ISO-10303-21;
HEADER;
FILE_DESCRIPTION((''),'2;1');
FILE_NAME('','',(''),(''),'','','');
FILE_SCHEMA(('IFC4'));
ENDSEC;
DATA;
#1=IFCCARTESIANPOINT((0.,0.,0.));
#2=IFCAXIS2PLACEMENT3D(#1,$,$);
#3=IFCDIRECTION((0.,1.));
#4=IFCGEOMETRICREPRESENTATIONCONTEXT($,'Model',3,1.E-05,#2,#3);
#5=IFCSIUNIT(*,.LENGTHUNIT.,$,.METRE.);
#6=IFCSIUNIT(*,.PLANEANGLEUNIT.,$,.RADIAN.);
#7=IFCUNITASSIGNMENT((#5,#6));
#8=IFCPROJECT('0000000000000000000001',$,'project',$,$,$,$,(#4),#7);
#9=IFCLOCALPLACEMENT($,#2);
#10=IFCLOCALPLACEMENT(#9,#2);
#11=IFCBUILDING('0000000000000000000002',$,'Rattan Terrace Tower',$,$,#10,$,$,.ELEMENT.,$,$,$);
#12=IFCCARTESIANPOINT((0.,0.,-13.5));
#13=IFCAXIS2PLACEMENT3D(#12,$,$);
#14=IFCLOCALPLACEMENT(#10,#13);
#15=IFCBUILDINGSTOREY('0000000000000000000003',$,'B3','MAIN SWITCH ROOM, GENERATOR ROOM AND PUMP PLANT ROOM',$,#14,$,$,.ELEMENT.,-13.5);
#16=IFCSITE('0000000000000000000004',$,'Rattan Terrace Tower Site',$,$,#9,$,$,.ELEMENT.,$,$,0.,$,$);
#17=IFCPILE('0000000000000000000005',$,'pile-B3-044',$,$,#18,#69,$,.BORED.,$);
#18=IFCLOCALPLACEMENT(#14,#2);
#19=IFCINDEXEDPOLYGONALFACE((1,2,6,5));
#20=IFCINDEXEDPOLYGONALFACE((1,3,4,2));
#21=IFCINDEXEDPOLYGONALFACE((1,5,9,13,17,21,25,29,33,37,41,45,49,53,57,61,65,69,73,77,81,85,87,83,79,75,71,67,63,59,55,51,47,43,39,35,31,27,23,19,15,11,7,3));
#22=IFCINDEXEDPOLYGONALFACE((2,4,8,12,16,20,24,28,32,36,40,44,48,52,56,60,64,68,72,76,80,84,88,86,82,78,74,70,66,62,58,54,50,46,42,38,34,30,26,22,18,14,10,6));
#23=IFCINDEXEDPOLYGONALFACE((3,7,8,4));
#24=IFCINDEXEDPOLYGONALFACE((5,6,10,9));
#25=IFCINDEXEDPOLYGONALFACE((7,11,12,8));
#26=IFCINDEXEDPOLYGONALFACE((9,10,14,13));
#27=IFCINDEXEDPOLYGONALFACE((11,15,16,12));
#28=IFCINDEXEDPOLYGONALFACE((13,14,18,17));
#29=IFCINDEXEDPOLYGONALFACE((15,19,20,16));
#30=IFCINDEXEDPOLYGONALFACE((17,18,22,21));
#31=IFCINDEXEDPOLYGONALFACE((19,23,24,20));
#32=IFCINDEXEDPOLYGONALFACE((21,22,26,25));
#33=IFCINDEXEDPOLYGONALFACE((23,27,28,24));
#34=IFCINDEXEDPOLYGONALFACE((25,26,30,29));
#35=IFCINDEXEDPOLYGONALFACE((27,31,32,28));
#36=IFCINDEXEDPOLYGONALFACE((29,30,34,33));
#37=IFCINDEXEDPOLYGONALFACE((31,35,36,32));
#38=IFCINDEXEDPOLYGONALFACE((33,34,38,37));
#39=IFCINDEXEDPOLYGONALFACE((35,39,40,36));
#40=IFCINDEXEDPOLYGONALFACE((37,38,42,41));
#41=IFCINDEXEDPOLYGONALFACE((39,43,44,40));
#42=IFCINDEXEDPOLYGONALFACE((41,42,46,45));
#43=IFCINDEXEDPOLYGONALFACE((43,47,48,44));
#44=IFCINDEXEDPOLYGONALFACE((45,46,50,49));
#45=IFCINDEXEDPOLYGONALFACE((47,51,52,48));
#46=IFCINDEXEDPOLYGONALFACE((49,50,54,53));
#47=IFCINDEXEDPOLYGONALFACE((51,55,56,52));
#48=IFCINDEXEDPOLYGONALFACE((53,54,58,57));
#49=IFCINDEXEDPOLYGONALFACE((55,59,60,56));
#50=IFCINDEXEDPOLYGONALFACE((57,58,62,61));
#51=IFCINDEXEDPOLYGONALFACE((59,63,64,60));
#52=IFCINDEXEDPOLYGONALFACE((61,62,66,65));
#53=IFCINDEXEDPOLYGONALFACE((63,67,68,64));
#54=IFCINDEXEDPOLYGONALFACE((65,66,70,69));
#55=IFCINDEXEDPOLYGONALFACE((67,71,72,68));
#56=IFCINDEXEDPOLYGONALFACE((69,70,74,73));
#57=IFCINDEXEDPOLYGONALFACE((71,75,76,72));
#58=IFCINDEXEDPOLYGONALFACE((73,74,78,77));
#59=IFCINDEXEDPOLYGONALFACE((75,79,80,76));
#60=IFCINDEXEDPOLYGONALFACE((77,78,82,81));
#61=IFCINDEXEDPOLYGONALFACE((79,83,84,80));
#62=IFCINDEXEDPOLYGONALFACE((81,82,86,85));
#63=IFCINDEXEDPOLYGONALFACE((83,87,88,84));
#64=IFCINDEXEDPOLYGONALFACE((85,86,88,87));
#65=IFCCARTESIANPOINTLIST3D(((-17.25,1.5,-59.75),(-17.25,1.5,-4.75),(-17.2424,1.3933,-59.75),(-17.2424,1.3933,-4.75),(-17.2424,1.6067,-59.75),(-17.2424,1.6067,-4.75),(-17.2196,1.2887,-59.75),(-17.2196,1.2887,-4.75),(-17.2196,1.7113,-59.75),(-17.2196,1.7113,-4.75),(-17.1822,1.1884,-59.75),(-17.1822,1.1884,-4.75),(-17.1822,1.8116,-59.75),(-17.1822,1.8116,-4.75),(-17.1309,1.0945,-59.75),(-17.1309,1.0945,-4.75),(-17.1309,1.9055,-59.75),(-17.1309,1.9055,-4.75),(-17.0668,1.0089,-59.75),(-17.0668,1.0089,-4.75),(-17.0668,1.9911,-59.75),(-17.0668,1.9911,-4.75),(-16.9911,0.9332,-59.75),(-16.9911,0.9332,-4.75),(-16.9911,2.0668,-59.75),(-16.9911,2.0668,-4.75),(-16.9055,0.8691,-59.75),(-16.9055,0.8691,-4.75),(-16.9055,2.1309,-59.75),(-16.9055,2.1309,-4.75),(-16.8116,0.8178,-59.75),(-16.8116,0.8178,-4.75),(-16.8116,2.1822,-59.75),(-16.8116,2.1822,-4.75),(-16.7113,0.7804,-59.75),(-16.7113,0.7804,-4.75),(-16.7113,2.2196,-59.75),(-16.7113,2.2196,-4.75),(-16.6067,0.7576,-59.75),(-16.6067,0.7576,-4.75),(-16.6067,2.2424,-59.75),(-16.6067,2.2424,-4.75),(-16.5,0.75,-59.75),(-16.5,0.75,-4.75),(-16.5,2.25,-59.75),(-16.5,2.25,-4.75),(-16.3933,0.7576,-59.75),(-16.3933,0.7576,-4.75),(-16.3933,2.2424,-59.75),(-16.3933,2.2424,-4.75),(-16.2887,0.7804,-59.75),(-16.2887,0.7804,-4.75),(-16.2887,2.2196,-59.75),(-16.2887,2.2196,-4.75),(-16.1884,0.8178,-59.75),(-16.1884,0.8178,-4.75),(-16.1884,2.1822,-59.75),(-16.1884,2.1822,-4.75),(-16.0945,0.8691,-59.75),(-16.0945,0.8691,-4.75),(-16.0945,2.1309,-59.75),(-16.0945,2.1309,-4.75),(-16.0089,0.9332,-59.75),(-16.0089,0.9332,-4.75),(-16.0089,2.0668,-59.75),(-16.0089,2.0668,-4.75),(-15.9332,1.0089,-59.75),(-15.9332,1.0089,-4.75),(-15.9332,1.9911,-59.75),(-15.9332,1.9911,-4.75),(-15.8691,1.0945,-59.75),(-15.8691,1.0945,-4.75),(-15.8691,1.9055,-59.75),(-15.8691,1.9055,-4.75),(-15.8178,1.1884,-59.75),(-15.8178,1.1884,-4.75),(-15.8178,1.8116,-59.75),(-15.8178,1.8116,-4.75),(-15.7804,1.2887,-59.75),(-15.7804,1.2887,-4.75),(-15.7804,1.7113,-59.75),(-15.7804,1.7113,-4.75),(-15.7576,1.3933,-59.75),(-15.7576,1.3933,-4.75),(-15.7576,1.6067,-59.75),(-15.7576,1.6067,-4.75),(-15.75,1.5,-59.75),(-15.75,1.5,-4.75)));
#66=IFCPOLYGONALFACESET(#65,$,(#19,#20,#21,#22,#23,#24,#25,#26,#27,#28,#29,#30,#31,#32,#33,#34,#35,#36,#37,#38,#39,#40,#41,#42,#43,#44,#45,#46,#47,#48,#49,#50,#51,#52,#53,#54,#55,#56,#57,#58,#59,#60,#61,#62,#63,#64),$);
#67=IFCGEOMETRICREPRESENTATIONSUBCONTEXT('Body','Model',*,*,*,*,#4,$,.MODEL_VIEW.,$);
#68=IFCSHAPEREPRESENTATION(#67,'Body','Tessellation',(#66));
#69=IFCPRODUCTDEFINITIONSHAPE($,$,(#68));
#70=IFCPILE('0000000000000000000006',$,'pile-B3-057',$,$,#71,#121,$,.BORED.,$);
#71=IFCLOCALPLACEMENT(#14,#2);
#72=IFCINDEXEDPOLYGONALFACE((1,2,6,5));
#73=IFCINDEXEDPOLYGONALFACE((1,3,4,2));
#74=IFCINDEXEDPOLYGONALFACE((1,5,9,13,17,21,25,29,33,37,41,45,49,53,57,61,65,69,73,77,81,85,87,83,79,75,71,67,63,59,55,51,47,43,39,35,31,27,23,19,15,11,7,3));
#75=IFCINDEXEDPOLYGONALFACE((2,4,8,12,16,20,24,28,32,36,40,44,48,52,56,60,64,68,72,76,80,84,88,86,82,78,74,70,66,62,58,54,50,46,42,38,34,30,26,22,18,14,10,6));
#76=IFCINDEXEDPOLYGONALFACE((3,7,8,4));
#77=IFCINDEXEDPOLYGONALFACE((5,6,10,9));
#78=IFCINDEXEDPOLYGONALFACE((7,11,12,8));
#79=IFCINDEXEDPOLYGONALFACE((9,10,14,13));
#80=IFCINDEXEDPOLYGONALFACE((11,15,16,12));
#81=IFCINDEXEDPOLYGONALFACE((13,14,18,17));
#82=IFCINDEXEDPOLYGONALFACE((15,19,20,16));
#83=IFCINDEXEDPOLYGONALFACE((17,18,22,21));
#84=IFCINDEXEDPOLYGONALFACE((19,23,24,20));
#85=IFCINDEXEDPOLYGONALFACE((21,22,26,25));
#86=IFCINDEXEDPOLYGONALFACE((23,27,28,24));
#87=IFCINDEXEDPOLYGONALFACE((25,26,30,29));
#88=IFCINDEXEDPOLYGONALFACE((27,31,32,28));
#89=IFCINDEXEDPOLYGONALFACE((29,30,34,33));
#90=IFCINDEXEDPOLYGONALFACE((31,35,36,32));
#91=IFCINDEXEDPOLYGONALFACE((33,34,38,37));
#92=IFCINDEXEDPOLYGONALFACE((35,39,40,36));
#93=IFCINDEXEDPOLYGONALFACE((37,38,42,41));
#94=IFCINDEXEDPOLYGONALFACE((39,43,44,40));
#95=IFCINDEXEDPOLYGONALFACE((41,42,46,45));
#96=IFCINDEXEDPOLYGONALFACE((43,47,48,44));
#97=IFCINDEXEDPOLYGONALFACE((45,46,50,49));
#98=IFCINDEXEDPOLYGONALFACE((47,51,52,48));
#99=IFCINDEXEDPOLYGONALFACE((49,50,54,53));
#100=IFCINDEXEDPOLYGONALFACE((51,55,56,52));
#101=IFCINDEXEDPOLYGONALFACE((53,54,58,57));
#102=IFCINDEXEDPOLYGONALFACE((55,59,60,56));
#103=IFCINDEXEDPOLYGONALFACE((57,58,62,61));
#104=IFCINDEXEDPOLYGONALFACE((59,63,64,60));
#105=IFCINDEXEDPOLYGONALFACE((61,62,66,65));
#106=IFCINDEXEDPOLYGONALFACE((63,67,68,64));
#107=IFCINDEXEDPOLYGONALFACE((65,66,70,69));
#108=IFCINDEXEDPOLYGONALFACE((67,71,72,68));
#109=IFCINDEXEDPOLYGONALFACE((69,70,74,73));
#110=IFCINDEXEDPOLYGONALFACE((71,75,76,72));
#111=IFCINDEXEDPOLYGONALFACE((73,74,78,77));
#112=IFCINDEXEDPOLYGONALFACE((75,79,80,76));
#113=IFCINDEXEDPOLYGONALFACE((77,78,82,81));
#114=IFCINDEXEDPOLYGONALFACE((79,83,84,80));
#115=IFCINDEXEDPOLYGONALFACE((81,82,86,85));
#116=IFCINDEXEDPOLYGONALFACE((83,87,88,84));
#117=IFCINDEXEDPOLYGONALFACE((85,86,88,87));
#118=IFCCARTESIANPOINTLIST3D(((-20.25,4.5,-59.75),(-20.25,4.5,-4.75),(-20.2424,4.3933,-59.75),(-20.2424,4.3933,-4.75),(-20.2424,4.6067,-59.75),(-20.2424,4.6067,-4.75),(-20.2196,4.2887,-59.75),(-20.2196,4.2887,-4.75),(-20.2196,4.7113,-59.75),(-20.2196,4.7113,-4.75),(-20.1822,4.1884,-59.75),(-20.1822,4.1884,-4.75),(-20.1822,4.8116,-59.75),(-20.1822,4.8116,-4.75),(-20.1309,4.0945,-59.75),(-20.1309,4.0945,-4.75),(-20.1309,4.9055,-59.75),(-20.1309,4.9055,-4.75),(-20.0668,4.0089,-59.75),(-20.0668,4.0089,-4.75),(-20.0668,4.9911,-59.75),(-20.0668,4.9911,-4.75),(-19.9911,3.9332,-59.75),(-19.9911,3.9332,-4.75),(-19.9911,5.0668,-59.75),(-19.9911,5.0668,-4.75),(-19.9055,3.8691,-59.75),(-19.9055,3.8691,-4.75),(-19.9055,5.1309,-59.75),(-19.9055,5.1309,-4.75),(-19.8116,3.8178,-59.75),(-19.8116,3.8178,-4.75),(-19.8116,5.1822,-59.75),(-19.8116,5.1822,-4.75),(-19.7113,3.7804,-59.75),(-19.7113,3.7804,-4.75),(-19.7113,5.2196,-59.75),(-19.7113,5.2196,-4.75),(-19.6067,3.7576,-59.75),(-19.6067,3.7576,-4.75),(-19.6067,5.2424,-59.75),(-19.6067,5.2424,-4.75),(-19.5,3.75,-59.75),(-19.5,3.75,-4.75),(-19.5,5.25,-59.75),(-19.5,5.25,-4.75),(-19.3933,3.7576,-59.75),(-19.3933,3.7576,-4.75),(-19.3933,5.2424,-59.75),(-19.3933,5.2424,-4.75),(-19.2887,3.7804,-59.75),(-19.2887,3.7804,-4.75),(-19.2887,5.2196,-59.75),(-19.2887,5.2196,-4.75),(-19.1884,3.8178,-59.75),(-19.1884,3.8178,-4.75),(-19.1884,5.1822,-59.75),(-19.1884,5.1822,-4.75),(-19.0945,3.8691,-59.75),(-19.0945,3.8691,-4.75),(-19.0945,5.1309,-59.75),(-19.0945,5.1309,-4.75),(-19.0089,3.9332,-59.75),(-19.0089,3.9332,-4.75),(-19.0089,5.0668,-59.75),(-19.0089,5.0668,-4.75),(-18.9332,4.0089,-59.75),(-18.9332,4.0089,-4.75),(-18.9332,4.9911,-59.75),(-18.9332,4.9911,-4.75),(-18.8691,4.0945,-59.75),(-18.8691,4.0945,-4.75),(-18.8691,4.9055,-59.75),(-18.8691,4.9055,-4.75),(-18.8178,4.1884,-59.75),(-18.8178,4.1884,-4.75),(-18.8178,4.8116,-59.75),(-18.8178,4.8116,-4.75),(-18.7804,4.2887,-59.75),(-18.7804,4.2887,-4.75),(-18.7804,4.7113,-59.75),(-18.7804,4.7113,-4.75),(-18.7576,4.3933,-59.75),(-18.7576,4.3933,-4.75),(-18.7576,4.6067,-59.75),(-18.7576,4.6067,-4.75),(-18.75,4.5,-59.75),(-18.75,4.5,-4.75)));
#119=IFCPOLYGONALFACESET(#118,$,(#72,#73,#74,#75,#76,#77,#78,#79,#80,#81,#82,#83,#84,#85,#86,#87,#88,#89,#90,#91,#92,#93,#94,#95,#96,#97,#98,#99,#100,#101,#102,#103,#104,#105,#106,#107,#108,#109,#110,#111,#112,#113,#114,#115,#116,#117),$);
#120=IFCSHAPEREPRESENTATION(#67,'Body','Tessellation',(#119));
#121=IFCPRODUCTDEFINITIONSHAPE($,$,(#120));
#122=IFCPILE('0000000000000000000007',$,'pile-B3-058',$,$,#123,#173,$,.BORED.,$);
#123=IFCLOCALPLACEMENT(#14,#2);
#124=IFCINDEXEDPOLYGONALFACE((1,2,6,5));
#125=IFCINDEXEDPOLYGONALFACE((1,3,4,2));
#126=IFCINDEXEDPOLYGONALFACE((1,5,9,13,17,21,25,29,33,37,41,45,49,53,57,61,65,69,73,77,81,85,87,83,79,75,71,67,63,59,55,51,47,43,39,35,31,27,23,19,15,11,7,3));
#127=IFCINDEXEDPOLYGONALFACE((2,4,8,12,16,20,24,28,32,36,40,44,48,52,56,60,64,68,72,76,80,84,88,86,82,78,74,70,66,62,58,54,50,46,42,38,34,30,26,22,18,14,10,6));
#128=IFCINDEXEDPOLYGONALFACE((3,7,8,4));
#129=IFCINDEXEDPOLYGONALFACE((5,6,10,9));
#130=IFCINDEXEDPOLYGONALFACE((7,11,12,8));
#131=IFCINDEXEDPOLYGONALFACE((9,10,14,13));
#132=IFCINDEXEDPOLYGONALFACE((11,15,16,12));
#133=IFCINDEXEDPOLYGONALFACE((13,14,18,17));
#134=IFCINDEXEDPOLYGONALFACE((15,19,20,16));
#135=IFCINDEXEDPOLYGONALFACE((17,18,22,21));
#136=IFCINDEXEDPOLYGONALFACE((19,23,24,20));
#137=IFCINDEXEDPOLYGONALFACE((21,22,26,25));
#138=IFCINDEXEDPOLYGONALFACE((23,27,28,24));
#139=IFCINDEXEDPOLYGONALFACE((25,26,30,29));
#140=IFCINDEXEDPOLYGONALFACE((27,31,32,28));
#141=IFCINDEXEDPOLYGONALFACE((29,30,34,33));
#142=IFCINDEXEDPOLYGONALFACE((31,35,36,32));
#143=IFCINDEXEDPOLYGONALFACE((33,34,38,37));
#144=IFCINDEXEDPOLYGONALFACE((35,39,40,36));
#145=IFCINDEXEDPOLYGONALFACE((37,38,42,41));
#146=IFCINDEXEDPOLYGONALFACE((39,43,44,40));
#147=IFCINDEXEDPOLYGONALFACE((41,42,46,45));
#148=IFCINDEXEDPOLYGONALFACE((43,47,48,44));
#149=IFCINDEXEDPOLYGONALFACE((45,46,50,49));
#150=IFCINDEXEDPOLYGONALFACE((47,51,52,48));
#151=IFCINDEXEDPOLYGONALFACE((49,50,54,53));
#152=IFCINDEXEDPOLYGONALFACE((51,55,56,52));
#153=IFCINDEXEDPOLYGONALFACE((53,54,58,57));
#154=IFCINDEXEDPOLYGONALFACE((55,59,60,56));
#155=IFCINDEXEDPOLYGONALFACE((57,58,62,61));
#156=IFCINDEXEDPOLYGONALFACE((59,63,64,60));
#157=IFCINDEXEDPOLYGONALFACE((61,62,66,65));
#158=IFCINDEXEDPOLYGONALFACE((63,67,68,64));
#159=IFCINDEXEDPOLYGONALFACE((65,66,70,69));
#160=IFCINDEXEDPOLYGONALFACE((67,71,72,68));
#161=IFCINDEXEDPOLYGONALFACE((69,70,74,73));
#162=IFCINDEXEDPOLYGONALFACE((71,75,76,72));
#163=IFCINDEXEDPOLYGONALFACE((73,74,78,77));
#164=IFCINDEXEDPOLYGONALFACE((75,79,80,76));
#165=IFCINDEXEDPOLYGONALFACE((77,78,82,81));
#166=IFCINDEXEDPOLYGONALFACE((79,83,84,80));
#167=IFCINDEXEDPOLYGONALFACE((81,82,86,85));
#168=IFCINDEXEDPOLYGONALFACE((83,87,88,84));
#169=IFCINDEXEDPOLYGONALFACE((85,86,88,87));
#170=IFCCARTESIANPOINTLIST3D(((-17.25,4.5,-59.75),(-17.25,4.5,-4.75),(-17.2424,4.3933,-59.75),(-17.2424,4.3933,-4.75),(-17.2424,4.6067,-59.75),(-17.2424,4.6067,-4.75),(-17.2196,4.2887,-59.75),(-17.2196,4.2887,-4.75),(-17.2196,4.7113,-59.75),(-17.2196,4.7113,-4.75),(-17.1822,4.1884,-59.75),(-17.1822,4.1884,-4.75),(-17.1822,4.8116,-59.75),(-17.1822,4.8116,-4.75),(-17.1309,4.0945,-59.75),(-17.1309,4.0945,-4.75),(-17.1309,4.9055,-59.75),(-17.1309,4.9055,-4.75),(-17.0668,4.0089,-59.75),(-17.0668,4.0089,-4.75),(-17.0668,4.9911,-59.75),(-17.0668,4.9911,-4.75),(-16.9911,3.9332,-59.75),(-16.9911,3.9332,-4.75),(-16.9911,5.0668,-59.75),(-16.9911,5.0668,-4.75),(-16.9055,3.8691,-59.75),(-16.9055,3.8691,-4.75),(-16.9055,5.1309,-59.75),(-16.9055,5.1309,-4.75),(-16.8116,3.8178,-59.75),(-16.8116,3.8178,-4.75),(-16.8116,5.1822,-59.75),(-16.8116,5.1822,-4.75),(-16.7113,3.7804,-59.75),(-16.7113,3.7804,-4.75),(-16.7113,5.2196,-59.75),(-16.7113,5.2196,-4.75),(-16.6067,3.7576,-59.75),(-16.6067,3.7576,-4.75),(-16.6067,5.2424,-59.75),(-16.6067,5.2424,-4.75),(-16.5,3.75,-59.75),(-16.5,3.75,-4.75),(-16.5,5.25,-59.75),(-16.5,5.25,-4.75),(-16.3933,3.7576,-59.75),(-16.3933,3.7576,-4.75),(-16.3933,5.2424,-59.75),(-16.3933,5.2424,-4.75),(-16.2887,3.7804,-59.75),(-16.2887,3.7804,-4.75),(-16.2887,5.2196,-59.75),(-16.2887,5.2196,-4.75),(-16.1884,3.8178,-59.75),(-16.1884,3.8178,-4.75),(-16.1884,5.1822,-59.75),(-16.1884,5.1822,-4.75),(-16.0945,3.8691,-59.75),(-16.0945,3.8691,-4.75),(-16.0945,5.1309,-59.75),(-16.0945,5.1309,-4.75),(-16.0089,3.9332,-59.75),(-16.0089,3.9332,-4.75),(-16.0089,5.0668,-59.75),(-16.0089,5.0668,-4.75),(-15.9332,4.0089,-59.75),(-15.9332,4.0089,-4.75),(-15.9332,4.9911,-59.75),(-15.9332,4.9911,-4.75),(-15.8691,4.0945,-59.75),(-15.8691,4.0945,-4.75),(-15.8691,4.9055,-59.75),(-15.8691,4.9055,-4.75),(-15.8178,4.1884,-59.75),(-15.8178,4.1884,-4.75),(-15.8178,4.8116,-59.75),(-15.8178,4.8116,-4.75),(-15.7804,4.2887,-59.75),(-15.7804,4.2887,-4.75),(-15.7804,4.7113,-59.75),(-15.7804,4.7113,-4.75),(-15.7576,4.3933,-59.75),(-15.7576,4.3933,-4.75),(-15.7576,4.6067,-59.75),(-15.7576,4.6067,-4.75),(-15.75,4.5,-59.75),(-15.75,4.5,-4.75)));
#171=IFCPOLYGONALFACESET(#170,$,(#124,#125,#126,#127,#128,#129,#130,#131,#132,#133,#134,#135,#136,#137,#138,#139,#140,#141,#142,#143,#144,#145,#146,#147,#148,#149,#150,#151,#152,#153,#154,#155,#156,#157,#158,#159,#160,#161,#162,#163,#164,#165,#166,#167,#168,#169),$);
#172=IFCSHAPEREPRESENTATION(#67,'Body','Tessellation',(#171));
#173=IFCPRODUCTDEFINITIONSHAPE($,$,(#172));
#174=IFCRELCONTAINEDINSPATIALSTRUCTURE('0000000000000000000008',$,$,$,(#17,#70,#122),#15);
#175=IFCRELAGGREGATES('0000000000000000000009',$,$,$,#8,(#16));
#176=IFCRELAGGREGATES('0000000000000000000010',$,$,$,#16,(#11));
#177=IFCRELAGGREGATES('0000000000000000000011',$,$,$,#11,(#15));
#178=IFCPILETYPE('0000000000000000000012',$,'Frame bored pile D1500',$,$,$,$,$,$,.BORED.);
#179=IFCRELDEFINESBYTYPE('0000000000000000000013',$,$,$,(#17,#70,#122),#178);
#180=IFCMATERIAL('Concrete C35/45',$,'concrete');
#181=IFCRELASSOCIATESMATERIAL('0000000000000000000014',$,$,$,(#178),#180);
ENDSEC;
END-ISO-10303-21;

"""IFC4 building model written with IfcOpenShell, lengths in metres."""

from ifc_helpers import new_model, si_unit, direction, frame, origin, origin_2d, place, context, subcontext, project, spatial, circle, extrude, material, material_profile, profile_set, type_object, element, save


model = new_model("IFC4")

# Units and contexts
model_context = context("Model", 3, precision=1e-05, world=origin(), true_north=direction((0.0, 1.0)))
body_context = subcontext(model_context, "Body", "Model", "MODEL_VIEW")
ifc_project = project(units=[si_unit("LENGTHUNIT", "METRE"), si_unit("PLANEANGLEUNIT", "RADIAN")], contexts=[model_context])

# Site, building, storey
site_placement = place(None, origin())
site = spatial("IfcSite", under=ifc_project, at=site_placement, Name="Rattan Terrace Tower Site", CompositionType="ELEMENT", RefElevation=0.0)
building_placement = place(site_placement, origin())
building = spatial("IfcBuilding", under=site, at=building_placement, Name="Rattan Terrace Tower", CompositionType="ELEMENT")
storey_placement = place(building_placement, frame((0.0, 0.0, -13.5)))
storey = spatial("IfcBuildingStorey", under=building, at=storey_placement, Name="B3", Description="MAIN SWITCH ROOM, GENERATOR ROOM AND PUMP PLANT ROOM", CompositionType="ELEMENT", Elevation=-13.5)

# Piles
ifc_material_1 = material(Name="Concrete C35/45", Category="concrete")
ifc_material_profile = material_profile(ifc_material_1, circle(Radius=0.75, at=origin_2d()), Name="PILE D1500")
ifc_profile_set = profile_set([ifc_material_profile], Name="Concrete C35/45")
pile_type = type_object("IfcPileType", Name="Frame bored pile D1500", PredefinedType="BORED", material=ifc_profile_set)
for number, where, z_axis, x_axis, name in (
    (1, (-16.5, 1.5, -4.75), (0.0, 0.0, -1.0), (1.0, 0.0, 0.0), "pile-B3-044"),
    (2, (-19.5, 4.5, -4.75), (0.0, 0.0, -1.0), (1.0, 0.0, 0.0), "pile-B3-057"),
    (3, (-16.5, 4.5, -4.75), (0.0, 0.0, -1.0), (1.0, 0.0, 0.0), "pile-B3-058"),
):
    element("IfcPile", number, at=place(storey_placement, frame(where, z_axis=z_axis, x_axis=x_axis)), inside=storey, type_object=pile_type, Name=name, PredefinedType="BORED", context=body_context, shape_type="SweptSolid", body=[
        extrude(circle(Radius=0.75, at=origin_2d()), origin(), (0.0, 0.0, 1.0), 55.0),
    ])

save(model, "model.ifc")
